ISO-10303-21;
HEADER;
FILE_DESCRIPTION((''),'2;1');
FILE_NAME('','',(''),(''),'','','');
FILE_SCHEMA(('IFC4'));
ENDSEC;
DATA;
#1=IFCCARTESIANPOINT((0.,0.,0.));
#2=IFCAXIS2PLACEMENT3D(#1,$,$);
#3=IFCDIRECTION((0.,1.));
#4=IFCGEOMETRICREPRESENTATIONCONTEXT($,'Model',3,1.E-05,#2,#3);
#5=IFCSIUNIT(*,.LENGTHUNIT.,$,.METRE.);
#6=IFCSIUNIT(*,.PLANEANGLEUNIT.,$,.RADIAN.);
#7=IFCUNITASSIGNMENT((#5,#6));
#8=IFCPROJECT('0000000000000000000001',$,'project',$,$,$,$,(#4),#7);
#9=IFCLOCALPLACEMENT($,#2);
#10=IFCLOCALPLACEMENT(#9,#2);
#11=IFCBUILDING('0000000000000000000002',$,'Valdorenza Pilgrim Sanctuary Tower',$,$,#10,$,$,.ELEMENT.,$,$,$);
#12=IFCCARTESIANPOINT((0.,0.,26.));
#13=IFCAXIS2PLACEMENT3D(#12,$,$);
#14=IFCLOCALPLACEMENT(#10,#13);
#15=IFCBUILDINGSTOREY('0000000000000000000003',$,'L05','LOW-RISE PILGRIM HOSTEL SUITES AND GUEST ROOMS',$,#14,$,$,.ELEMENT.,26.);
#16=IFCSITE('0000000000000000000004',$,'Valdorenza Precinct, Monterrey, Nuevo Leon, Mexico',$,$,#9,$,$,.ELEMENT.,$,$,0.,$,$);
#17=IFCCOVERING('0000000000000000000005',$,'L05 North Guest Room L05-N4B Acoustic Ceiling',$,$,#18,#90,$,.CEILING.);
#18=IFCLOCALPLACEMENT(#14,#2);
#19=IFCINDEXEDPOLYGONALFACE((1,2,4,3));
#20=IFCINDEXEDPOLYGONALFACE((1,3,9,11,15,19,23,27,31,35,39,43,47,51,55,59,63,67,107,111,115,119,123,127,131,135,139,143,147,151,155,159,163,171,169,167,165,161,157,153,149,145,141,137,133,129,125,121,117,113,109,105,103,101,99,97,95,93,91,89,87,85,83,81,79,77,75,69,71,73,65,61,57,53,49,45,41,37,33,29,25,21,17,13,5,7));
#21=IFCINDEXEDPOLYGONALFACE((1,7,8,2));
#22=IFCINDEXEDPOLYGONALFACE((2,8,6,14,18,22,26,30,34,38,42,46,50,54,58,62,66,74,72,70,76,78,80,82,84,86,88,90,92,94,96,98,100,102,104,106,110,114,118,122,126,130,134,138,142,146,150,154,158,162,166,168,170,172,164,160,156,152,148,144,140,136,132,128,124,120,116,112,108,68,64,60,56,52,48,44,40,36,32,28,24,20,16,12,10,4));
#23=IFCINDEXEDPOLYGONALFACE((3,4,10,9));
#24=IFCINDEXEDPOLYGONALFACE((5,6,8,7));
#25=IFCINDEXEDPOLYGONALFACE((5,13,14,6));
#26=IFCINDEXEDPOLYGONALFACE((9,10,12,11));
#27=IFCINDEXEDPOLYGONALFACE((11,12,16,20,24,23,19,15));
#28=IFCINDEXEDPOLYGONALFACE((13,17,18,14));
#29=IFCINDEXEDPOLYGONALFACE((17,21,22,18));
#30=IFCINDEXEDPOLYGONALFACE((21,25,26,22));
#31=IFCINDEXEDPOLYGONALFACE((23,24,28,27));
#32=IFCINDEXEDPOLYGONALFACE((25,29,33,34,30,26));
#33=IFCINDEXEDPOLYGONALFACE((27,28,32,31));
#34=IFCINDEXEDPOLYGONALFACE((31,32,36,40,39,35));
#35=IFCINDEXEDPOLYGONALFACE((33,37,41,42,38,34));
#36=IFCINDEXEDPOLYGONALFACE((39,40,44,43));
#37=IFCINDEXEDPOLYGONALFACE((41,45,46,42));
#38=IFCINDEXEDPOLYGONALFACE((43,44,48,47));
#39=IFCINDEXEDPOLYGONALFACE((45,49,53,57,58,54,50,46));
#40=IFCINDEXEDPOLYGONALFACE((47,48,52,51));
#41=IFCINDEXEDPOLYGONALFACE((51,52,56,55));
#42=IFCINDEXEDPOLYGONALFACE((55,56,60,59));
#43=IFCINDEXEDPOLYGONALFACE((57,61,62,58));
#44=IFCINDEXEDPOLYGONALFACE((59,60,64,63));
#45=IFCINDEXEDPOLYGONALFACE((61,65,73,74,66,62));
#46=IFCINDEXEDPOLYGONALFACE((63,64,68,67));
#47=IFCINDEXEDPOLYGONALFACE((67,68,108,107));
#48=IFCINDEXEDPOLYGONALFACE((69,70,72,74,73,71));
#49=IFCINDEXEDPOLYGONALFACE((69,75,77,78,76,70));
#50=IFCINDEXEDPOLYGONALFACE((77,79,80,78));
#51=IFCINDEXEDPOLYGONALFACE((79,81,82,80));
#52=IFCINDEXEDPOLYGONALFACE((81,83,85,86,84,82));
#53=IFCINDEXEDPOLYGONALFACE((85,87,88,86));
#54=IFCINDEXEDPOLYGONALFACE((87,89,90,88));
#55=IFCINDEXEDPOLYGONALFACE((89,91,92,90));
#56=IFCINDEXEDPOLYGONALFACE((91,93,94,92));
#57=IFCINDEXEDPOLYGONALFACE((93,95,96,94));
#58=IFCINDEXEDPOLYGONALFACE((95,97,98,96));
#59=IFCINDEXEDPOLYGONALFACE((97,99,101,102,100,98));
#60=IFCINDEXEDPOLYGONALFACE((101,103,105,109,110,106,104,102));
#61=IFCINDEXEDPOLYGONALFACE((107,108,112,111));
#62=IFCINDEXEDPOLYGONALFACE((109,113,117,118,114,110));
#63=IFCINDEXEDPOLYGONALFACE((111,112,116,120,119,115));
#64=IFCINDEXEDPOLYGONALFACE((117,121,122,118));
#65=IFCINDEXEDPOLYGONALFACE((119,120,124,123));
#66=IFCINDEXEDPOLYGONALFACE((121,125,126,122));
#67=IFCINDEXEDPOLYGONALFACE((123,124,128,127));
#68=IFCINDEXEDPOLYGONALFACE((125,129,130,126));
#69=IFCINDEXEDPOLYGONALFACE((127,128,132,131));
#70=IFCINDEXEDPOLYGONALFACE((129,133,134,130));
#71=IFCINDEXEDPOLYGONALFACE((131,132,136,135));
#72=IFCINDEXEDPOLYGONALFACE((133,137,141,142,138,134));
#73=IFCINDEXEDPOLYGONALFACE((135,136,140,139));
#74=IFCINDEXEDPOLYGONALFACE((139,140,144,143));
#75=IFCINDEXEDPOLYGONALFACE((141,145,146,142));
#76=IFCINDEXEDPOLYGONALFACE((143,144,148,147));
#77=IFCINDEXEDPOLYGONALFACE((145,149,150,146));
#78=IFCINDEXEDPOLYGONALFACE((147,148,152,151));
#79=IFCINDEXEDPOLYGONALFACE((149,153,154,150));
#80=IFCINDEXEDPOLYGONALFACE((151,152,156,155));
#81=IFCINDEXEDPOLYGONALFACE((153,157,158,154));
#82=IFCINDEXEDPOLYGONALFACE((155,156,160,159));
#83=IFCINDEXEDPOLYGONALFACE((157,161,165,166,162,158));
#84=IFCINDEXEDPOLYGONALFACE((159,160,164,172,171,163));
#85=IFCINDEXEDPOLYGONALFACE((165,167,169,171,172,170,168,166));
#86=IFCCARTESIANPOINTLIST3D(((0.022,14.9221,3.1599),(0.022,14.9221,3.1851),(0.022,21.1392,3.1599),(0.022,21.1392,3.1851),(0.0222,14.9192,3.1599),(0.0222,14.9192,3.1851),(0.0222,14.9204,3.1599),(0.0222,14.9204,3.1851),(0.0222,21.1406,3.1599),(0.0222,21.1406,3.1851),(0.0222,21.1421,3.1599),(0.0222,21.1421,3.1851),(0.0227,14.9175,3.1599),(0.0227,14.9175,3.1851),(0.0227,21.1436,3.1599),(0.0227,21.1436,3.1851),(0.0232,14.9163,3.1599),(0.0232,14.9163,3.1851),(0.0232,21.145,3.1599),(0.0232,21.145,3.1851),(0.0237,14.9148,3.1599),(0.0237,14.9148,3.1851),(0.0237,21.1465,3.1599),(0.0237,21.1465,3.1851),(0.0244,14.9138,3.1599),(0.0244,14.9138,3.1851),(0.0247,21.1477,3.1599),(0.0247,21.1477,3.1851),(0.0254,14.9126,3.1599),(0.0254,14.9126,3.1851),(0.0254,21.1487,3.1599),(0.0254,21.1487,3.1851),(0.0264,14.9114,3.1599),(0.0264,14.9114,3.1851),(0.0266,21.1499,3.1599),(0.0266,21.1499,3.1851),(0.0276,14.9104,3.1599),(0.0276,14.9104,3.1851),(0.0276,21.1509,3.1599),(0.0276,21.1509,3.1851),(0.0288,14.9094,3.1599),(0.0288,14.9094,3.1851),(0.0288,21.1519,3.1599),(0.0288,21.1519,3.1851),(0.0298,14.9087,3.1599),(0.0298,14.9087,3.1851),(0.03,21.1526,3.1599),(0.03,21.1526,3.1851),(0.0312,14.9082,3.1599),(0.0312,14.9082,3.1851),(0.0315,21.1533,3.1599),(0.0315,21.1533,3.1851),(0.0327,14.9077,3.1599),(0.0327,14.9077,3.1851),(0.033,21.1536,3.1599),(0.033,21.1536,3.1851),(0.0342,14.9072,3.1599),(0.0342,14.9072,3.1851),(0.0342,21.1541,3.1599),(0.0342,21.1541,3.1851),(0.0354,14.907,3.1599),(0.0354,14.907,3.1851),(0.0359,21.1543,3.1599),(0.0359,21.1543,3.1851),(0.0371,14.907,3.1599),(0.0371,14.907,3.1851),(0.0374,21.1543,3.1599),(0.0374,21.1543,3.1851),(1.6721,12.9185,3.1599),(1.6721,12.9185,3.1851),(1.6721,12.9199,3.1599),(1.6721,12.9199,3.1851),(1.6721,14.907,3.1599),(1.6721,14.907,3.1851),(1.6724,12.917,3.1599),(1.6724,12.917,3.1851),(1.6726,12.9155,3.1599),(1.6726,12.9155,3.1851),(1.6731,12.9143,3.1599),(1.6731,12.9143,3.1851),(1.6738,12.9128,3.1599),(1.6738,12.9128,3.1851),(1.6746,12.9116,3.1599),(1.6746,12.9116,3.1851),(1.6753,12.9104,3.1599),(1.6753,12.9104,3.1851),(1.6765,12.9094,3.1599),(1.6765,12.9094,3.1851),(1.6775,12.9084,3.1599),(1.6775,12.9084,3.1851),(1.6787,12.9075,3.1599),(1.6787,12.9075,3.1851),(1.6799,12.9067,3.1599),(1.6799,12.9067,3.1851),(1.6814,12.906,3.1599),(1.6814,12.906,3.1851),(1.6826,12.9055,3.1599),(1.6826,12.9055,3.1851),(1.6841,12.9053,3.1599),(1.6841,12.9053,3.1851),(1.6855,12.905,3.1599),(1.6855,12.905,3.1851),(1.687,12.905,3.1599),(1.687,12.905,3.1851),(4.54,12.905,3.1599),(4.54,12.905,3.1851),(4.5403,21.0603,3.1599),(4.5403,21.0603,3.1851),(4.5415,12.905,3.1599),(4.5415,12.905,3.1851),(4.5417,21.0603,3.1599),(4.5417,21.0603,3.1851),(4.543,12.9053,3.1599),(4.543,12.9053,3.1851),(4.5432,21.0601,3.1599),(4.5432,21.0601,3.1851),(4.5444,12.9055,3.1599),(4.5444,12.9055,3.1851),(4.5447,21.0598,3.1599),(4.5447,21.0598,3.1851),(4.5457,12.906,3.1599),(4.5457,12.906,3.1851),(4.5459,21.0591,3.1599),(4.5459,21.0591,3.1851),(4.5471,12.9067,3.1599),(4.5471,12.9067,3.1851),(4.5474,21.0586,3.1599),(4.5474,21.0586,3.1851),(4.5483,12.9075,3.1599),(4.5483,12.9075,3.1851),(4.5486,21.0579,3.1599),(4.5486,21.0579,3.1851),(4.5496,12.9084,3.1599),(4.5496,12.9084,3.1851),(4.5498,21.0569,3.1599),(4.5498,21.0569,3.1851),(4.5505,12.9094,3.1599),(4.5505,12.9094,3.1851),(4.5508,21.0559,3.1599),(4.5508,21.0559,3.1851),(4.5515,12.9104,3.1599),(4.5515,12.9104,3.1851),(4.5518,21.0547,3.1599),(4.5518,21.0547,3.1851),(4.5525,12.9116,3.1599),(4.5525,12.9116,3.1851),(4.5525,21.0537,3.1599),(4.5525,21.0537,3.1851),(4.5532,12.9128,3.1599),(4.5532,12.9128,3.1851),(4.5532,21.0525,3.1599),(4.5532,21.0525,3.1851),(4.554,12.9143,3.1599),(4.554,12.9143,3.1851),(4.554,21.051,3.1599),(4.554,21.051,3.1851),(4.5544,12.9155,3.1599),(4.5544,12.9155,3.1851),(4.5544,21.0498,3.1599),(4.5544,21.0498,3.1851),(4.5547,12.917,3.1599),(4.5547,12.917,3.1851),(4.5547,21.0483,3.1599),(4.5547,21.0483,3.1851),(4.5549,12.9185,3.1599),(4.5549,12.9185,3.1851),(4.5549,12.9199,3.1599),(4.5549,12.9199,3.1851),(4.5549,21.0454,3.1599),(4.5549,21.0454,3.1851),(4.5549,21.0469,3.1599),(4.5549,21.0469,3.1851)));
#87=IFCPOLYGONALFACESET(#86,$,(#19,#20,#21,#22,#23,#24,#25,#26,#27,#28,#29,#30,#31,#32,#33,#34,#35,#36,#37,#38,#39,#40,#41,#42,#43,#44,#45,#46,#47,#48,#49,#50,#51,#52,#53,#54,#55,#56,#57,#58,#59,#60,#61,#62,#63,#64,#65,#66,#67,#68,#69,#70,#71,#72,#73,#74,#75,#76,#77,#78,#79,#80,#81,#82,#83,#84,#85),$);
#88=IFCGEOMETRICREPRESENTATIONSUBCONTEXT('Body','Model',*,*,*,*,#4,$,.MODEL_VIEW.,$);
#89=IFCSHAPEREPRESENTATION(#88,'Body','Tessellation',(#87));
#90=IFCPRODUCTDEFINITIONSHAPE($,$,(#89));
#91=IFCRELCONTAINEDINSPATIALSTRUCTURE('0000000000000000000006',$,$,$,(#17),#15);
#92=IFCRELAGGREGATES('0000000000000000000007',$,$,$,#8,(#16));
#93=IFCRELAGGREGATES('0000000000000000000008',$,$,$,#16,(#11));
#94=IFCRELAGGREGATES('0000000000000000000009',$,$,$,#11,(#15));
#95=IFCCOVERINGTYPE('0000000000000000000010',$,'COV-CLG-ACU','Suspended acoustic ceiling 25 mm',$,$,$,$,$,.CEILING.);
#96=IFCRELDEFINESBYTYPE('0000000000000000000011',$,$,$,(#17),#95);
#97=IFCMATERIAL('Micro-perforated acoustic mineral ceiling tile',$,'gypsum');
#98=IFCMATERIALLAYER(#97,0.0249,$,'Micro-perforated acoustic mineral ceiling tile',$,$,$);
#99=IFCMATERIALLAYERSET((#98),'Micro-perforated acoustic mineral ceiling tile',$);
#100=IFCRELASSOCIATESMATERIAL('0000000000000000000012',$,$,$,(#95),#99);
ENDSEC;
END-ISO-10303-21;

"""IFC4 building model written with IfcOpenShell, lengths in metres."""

from ifc_helpers import new_model, si_unit, direction, frame, origin, place, context, subcontext, project, spatial, polyline, outline, extrude, material, layer, layer_set, type_object, element, save


model = new_model("IFC4")

# Units and contexts
model_context = context("Model", 3, precision=1e-05, world=origin(), true_north=direction((0.0, 1.0)))
body_context = subcontext(model_context, "Body", "Model", "MODEL_VIEW")
ifc_project = project(units=[si_unit("LENGTHUNIT", "METRE"), si_unit("PLANEANGLEUNIT", "RADIAN")], contexts=[model_context])

# Site, building, storey
site_placement = place(None, origin())
site = spatial("IfcSite", under=ifc_project, at=site_placement, Name="Valdorenza Precinct, Monterrey, Nuevo Leon, Mexico", CompositionType="ELEMENT", RefElevation=0.0)
building_placement = place(site_placement, origin())
building = spatial("IfcBuilding", under=site, at=building_placement, Name="Valdorenza Pilgrim Sanctuary Tower", CompositionType="ELEMENT")
storey_placement = place(building_placement, frame((0.0, 0.0, 26.0)))
storey = spatial("IfcBuildingStorey", under=building, at=storey_placement, Name="L05", Description="LOW-RISE PILGRIM HOSTEL SUITES AND GUEST ROOMS", CompositionType="ELEMENT", Elevation=26.0)

# Covering
ifc_material_1 = material(Name="Micro-perforated acoustic mineral ceiling tile", Category="gypsum")
ifc_layer_1 = layer(ifc_material_1, 0.0249, Name="Micro-perforated acoustic mineral ceiling tile")
ifc_layer_set_1 = layer_set([ifc_layer_1], Name="Micro-perforated acoustic mineral ceiling tile")
covering_type_1 = type_object("IfcCoveringType", Name="COV-CLG-ACU", Description="Suspended acoustic ceiling 25 mm", PredefinedType="CEILING", material=ifc_layer_set_1)
covering_1_placement = place(storey_placement, frame((0.0, 0.0, 3.1599)))
element("IfcCovering", 1, at=covering_1_placement, inside=storey, type_object=covering_type_1, Name="L05 North Guest Room L05-N4B Acoustic Ceiling", PredefinedType="CEILING", context=body_context, shape_type="SweptSolid", body=[
    extrude(outline(polyline([(1.6721, 14.907), (0.0371, 14.907), (0.0354, 14.907), (0.0342, 14.9072), (0.0327, 14.9077), (0.0312, 14.9082), (0.0298, 14.9087), (0.0288, 14.9094), (0.0276, 14.9104), (0.0264, 14.9114), (0.0254, 14.9126), (0.0244, 14.9138), (0.0237, 14.9148), (0.0232, 14.9163), (0.0227, 14.9175), (0.0222, 14.9192), (0.0222, 14.9204), (0.022, 14.9221), (0.022, 21.1392), (0.0222, 21.1406), (0.0222, 21.1421), (0.0227, 21.1436), (0.0232, 21.145), (0.0237, 21.1465), (0.0247, 21.1477), (0.0254, 21.1487), (0.0266, 21.1499), (0.0276, 21.1509), (0.0288, 21.1519), (0.03, 21.1526), (0.0315, 21.1533), (0.033, 21.1536), (0.0342, 21.1541), (0.0359, 21.1543), (0.0374, 21.1543), (4.5403, 21.0603), (4.5417, 21.0603), (4.5432, 21.0601), (4.5447, 21.0598), (4.5459, 21.0591), (4.5474, 21.0586), (4.5486, 21.0579), (4.5498, 21.0569), (4.5508, 21.0559), (4.5518, 21.0547), (4.5525, 21.0537), (4.5532, 21.0525), (4.554, 21.051), (4.5544, 21.0498), (4.5547, 21.0483), (4.5549, 21.0469), (4.5549, 21.0454), (4.5549, 12.9199), (4.5549, 12.9185), (4.5547, 12.917), (4.5544, 12.9155), (4.554, 12.9143), (4.5532, 12.9128), (4.5525, 12.9116), (4.5515, 12.9104), (4.5505, 12.9094), (4.5496, 12.9084), (4.5483, 12.9075), (4.5471, 12.9067), (4.5457, 12.906), (4.5444, 12.9055), (4.543, 12.9053), (4.5415, 12.905), (4.54, 12.905), (1.687, 12.905), (1.6855, 12.905), (1.6841, 12.9053), (1.6826, 12.9055), (1.6814, 12.906), (1.6799, 12.9067), (1.6787, 12.9075), (1.6775, 12.9084), (1.6765, 12.9094), (1.6753, 12.9104), (1.6746, 12.9116), (1.6738, 12.9128), (1.6731, 12.9143), (1.6726, 12.9155), (1.6724, 12.917), (1.6721, 12.9185), (1.6721, 12.9199), (1.6721, 14.907)])), origin(), (0.0, 0.0, 1.0), 0.0251),
])

save(model, "model.ifc")
